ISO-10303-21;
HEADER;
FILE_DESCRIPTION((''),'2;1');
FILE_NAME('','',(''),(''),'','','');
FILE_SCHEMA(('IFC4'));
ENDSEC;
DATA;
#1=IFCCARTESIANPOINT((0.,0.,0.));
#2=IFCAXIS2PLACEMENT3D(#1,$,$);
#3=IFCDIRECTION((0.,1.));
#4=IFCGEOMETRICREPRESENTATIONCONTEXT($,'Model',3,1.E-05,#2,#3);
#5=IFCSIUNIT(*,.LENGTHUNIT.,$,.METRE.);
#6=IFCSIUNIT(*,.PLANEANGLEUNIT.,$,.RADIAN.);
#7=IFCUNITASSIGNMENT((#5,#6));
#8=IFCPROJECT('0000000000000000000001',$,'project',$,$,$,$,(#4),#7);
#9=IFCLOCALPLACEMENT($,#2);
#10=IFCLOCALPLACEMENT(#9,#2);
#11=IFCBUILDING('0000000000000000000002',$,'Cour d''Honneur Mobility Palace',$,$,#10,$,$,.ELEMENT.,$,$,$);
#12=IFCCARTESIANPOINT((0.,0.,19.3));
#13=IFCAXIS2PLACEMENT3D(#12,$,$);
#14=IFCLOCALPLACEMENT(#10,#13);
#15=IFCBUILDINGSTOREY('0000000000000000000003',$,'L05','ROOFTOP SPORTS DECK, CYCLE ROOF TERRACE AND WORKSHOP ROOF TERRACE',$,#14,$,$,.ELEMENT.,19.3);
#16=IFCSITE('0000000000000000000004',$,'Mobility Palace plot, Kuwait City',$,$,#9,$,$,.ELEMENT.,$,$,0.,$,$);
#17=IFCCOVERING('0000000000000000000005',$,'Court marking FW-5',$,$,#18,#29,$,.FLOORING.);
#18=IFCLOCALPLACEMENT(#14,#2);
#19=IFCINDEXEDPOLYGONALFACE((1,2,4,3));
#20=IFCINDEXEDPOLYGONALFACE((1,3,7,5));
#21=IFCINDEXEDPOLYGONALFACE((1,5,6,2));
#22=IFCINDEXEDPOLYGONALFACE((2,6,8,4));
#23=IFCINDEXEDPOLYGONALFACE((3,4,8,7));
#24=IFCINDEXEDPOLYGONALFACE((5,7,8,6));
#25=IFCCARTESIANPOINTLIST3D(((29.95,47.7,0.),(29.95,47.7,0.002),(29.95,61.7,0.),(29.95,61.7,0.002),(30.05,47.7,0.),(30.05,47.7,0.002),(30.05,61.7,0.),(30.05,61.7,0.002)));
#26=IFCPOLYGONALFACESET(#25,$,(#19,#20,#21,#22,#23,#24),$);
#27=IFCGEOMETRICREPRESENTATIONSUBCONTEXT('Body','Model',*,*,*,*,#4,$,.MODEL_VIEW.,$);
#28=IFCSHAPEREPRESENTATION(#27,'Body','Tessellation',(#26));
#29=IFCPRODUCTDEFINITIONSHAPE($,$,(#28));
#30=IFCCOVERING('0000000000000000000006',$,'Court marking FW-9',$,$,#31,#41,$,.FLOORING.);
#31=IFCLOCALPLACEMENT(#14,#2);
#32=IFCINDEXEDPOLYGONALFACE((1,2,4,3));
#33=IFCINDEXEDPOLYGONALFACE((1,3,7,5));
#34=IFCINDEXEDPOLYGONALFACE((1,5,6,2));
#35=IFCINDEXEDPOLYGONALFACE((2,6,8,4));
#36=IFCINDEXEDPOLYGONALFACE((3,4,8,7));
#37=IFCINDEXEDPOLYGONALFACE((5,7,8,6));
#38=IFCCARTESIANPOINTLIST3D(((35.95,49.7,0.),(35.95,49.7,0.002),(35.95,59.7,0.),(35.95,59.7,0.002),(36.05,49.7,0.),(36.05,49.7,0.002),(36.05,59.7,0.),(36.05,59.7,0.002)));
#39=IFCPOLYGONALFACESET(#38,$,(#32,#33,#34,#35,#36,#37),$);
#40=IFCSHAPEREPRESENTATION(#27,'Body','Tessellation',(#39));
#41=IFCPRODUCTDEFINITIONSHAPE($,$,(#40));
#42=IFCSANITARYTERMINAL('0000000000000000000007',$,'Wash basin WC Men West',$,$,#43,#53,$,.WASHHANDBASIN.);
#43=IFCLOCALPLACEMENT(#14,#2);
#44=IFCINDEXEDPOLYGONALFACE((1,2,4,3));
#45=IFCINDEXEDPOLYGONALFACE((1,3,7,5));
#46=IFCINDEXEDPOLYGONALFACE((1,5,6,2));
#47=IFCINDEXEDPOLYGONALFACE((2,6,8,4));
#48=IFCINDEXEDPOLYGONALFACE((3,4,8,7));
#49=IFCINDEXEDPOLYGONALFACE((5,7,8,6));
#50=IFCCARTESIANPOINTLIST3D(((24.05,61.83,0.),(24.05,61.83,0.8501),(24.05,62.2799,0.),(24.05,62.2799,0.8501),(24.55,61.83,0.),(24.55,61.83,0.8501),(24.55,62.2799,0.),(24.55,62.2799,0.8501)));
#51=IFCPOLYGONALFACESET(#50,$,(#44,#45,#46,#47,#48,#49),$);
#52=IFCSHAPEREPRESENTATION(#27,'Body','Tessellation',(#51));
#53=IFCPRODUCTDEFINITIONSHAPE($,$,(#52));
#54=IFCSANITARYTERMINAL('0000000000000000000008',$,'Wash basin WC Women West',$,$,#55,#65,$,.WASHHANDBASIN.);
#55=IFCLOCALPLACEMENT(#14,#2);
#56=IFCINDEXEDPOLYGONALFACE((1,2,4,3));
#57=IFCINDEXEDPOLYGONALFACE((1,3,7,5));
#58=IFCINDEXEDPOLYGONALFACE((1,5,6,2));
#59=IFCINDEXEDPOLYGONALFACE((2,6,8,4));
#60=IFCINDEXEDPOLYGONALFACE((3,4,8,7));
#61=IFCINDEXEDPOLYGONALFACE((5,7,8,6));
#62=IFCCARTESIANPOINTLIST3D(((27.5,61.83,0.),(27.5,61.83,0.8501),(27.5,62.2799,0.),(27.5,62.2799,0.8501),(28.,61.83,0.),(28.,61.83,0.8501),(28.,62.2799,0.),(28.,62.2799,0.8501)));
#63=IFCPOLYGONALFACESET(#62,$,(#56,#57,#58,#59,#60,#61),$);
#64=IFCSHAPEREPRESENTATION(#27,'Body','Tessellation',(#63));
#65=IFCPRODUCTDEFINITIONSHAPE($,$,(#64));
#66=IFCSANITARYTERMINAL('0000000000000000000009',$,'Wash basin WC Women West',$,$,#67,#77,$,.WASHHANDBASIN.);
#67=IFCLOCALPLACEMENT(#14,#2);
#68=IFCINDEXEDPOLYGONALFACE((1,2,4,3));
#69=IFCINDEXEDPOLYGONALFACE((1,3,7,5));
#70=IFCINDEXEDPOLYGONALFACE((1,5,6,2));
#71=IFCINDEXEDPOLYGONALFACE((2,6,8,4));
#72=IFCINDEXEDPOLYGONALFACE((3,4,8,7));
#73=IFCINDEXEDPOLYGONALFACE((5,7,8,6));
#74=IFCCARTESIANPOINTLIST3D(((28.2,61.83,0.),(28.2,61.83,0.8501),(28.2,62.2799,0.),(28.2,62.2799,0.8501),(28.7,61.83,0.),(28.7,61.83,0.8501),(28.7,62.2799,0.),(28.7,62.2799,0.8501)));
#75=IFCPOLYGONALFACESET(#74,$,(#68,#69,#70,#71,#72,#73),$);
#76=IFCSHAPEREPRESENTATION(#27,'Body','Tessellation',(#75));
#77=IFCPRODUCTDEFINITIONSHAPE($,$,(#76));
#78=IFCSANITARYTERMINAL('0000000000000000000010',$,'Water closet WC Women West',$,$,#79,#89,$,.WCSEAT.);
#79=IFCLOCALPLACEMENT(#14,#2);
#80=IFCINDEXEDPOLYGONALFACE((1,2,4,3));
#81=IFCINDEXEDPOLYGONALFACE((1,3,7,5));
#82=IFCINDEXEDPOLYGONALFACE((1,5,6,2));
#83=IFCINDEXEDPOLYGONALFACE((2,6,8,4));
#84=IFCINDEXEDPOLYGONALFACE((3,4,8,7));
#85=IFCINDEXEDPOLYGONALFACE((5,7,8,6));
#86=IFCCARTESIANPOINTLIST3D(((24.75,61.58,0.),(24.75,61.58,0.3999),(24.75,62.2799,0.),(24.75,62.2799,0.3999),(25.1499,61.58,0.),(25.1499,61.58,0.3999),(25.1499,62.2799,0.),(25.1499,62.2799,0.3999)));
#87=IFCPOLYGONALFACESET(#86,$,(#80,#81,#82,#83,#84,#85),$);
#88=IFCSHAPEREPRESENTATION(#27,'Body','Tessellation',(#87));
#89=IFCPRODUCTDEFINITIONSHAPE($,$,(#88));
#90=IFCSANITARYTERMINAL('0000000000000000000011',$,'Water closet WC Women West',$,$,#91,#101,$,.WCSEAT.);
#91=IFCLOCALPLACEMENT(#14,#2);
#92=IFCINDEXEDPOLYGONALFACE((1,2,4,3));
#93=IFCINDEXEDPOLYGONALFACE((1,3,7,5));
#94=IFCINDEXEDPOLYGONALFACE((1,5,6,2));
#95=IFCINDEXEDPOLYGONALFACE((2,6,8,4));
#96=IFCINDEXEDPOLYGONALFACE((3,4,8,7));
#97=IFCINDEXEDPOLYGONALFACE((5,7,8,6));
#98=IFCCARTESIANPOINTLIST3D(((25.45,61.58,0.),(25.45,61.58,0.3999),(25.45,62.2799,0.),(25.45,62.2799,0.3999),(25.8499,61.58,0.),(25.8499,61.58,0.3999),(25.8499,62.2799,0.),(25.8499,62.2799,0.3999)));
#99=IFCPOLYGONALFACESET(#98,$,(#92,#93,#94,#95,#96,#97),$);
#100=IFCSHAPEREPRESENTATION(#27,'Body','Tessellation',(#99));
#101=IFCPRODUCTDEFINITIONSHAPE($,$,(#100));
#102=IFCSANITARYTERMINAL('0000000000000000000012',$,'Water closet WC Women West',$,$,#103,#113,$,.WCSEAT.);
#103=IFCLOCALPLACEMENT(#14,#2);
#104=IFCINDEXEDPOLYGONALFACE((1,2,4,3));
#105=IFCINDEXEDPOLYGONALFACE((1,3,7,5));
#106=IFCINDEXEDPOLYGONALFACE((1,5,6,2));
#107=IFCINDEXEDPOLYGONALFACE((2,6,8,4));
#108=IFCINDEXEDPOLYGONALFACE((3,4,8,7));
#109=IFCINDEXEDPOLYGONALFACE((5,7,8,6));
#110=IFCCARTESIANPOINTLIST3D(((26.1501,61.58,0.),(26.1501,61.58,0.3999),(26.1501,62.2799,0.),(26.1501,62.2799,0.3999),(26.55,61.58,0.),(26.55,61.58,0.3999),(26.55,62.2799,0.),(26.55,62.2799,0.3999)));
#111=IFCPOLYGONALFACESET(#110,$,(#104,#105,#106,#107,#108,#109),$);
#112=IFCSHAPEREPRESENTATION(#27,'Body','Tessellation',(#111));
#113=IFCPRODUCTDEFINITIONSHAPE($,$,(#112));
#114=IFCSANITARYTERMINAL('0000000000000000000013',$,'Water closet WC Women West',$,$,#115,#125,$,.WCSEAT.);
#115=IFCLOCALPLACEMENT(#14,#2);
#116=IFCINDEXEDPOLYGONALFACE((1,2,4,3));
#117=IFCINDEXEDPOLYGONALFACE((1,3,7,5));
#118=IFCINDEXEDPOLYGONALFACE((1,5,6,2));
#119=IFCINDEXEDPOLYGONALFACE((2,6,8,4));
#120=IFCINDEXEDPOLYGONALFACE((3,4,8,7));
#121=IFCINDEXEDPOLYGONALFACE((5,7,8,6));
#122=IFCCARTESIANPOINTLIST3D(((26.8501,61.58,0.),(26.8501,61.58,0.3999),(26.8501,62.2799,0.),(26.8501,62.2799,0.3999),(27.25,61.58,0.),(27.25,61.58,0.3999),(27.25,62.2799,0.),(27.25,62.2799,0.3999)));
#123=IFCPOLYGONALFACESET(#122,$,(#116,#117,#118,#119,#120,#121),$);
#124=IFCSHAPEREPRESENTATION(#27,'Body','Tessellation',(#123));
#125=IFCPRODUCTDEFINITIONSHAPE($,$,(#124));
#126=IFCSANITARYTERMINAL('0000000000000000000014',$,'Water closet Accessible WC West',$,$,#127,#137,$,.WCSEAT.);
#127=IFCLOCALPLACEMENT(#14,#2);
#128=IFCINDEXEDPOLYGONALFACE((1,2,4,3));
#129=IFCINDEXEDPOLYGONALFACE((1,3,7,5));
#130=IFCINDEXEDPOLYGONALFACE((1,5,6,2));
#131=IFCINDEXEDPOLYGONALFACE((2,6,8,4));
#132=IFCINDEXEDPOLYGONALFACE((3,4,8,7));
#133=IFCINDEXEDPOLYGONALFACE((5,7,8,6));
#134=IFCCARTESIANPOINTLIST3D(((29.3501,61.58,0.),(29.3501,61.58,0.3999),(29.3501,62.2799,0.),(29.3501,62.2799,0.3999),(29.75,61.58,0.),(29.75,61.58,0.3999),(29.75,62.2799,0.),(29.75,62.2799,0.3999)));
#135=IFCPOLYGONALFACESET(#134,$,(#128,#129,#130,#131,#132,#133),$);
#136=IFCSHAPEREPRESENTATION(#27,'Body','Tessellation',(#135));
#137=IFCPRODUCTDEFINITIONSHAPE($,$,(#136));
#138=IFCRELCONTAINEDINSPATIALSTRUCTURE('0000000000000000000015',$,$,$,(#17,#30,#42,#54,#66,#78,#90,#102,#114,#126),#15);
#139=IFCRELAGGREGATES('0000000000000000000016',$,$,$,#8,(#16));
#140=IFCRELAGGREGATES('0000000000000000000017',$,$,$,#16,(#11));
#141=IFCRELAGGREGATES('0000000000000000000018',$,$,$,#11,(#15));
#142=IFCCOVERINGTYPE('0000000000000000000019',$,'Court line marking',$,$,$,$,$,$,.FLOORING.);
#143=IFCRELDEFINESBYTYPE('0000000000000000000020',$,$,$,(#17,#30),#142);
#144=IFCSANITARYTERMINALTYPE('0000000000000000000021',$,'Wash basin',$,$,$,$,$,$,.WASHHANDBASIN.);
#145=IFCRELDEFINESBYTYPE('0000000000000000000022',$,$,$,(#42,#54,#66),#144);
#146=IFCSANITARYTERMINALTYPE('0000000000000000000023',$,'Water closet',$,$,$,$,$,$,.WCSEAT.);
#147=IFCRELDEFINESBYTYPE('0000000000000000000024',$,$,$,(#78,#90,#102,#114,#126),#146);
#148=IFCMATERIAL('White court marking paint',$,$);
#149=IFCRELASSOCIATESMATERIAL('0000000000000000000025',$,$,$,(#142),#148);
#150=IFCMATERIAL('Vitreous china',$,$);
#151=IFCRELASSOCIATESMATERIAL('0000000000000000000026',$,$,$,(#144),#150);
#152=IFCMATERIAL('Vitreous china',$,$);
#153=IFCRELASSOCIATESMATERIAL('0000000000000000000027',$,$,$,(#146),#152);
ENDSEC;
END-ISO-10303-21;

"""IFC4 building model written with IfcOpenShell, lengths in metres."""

from ifc_helpers import new_model, si_unit, direction, frame, origin, origin_2d, place, context, subcontext, project, spatial, rectangle, extrude, material, material_profile, profile_set, type_object, element, save


model = new_model("IFC4")

# Units and contexts
model_context = context("Model", 3, precision=1e-05, world=origin(), true_north=direction((0.0, 1.0)))
body_context = subcontext(model_context, "Body", "Model", "MODEL_VIEW")
ifc_project = project(units=[si_unit("LENGTHUNIT", "METRE"), si_unit("PLANEANGLEUNIT", "RADIAN")], contexts=[model_context])

# Site, building, storey
site_placement = place(None, origin())
site = spatial("IfcSite", under=ifc_project, at=site_placement, Name="Mobility Palace plot, Kuwait City", CompositionType="ELEMENT", RefElevation=0.0)
building_placement = place(site_placement, origin())
building = spatial("IfcBuilding", under=site, at=building_placement, Name="Cour d'Honneur Mobility Palace", CompositionType="ELEMENT")
storey_placement = place(building_placement, frame((0.0, 0.0, 19.3)))
storey = spatial("IfcBuildingStorey", under=building, at=storey_placement, Name="L05", Description="ROOFTOP SPORTS DECK, CYCLE ROOF TERRACE AND WORKSHOP ROOF TERRACE", CompositionType="ELEMENT", Elevation=19.3)

# Coverings
ifc_material_1 = material(Name="White court marking paint")
ifc_material_profile_1 = material_profile(ifc_material_1, rectangle(XDim=0.1001, YDim=0.002, at=origin_2d()), Name="Court line marking")
ifc_profile_set_1 = profile_set([ifc_material_profile_1], Name="White court marking paint")
covering_type = type_object("IfcCoveringType", Name="Court line marking", PredefinedType="FLOORING", material=ifc_profile_set_1)
covering_1_placement = place(storey_placement, frame((30.0, 47.7, 0.001), z_axis=(0.0, 1.0, 0.0), x_axis=(-1.0, 0.0, 0.0)))
element("IfcCovering", 1, at=covering_1_placement, inside=storey, type_object=covering_type, Name="Court marking FW-5", PredefinedType="FLOORING", context=body_context, shape_type="SweptSolid", body=[
    extrude(rectangle(XDim=0.1001, YDim=0.002, at=origin_2d()), origin(), (0.0, 0.0, 1.0), 14.0),
])
covering_2_placement = place(storey_placement, frame((36.0, 49.7, 0.001), z_axis=(0.0, 1.0, 0.0), x_axis=(-1.0, 0.0, 0.0)))
element("IfcCovering", 2, at=covering_2_placement, inside=storey, type_object=covering_type, Name="Court marking FW-9", PredefinedType="FLOORING", context=body_context, shape_type="SweptSolid", body=[
    extrude(rectangle(XDim=0.1001, YDim=0.002, at=origin_2d()), origin(), (0.0, 0.0, 1.0), 10.0),
])

# Sanitary terminals
ifc_material_2 = material(Name="Vitreous china")
sanitary_terminal_type_1 = type_object("IfcSanitaryTerminalType", Name="Wash basin", PredefinedType="WASHHANDBASIN", material=ifc_material_2)
for number, where, z_axis, x_axis, name in (
    (3, (24.3, 62.0549, 0.0), (0.0, 0.0, 1.0), (1.0, 0.0, 0.0), "Wash basin WC Men West"),
    (4, (27.75, 62.0549, 0.0), (0.0, 0.0, 1.0), (1.0, 0.0, 0.0), "Wash basin WC Women West"),
    (5, (28.45, 62.0549, 0.0), (0.0, 0.0, 1.0), (1.0, 0.0, 0.0), "Wash basin WC Women West"),
):
    element("IfcSanitaryTerminal", number, at=place(storey_placement, frame(where, z_axis=z_axis, x_axis=x_axis)), inside=storey, type_object=sanitary_terminal_type_1, Name=name, PredefinedType="WASHHANDBASIN", context=body_context, shape_type="SweptSolid", body=[
        extrude(rectangle(XDim=0.5, YDim=0.45, at=origin_2d()), origin(), (0.0, 0.0, 1.0), 0.8501),
    ])
ifc_material_3 = material(Name="Vitreous china")
sanitary_terminal_type_2 = type_object("IfcSanitaryTerminalType", Name="Water closet", PredefinedType="WCSEAT", material=ifc_material_3)
for number, where, z_axis, x_axis, name in (
    (6, (24.95, 61.9299, 0.0), (0.0, 0.0, 1.0), (1.0, 0.0, 0.0), "Water closet WC Women West"),
    (7, (25.6499, 61.9299, 0.0), (0.0, 0.0, 1.0), (1.0, 0.0, 0.0), "Water closet WC Women West"),
    (8, (26.3501, 61.9299, 0.0), (0.0, 0.0, 1.0), (1.0, 0.0, 0.0), "Water closet WC Women West"),
    (9, (27.05, 61.9299, 0.0), (0.0, 0.0, 1.0), (1.0, 0.0, 0.0), "Water closet WC Women West"),
    (10, (29.55, 61.9299, 0.0), (0.0, 0.0, 1.0), (1.0, 0.0, 0.0), "Water closet Accessible WC West"),
):
    element("IfcSanitaryTerminal", number, at=place(storey_placement, frame(where, z_axis=z_axis, x_axis=x_axis)), inside=storey, type_object=sanitary_terminal_type_2, Name=name, PredefinedType="WCSEAT", context=body_context, shape_type="SweptSolid", body=[
        extrude(rectangle(XDim=0.3999, YDim=0.7, at=origin_2d()), origin(), (0.0, 0.0, 1.0), 0.3999),
    ])

save(model, "model.ifc")
